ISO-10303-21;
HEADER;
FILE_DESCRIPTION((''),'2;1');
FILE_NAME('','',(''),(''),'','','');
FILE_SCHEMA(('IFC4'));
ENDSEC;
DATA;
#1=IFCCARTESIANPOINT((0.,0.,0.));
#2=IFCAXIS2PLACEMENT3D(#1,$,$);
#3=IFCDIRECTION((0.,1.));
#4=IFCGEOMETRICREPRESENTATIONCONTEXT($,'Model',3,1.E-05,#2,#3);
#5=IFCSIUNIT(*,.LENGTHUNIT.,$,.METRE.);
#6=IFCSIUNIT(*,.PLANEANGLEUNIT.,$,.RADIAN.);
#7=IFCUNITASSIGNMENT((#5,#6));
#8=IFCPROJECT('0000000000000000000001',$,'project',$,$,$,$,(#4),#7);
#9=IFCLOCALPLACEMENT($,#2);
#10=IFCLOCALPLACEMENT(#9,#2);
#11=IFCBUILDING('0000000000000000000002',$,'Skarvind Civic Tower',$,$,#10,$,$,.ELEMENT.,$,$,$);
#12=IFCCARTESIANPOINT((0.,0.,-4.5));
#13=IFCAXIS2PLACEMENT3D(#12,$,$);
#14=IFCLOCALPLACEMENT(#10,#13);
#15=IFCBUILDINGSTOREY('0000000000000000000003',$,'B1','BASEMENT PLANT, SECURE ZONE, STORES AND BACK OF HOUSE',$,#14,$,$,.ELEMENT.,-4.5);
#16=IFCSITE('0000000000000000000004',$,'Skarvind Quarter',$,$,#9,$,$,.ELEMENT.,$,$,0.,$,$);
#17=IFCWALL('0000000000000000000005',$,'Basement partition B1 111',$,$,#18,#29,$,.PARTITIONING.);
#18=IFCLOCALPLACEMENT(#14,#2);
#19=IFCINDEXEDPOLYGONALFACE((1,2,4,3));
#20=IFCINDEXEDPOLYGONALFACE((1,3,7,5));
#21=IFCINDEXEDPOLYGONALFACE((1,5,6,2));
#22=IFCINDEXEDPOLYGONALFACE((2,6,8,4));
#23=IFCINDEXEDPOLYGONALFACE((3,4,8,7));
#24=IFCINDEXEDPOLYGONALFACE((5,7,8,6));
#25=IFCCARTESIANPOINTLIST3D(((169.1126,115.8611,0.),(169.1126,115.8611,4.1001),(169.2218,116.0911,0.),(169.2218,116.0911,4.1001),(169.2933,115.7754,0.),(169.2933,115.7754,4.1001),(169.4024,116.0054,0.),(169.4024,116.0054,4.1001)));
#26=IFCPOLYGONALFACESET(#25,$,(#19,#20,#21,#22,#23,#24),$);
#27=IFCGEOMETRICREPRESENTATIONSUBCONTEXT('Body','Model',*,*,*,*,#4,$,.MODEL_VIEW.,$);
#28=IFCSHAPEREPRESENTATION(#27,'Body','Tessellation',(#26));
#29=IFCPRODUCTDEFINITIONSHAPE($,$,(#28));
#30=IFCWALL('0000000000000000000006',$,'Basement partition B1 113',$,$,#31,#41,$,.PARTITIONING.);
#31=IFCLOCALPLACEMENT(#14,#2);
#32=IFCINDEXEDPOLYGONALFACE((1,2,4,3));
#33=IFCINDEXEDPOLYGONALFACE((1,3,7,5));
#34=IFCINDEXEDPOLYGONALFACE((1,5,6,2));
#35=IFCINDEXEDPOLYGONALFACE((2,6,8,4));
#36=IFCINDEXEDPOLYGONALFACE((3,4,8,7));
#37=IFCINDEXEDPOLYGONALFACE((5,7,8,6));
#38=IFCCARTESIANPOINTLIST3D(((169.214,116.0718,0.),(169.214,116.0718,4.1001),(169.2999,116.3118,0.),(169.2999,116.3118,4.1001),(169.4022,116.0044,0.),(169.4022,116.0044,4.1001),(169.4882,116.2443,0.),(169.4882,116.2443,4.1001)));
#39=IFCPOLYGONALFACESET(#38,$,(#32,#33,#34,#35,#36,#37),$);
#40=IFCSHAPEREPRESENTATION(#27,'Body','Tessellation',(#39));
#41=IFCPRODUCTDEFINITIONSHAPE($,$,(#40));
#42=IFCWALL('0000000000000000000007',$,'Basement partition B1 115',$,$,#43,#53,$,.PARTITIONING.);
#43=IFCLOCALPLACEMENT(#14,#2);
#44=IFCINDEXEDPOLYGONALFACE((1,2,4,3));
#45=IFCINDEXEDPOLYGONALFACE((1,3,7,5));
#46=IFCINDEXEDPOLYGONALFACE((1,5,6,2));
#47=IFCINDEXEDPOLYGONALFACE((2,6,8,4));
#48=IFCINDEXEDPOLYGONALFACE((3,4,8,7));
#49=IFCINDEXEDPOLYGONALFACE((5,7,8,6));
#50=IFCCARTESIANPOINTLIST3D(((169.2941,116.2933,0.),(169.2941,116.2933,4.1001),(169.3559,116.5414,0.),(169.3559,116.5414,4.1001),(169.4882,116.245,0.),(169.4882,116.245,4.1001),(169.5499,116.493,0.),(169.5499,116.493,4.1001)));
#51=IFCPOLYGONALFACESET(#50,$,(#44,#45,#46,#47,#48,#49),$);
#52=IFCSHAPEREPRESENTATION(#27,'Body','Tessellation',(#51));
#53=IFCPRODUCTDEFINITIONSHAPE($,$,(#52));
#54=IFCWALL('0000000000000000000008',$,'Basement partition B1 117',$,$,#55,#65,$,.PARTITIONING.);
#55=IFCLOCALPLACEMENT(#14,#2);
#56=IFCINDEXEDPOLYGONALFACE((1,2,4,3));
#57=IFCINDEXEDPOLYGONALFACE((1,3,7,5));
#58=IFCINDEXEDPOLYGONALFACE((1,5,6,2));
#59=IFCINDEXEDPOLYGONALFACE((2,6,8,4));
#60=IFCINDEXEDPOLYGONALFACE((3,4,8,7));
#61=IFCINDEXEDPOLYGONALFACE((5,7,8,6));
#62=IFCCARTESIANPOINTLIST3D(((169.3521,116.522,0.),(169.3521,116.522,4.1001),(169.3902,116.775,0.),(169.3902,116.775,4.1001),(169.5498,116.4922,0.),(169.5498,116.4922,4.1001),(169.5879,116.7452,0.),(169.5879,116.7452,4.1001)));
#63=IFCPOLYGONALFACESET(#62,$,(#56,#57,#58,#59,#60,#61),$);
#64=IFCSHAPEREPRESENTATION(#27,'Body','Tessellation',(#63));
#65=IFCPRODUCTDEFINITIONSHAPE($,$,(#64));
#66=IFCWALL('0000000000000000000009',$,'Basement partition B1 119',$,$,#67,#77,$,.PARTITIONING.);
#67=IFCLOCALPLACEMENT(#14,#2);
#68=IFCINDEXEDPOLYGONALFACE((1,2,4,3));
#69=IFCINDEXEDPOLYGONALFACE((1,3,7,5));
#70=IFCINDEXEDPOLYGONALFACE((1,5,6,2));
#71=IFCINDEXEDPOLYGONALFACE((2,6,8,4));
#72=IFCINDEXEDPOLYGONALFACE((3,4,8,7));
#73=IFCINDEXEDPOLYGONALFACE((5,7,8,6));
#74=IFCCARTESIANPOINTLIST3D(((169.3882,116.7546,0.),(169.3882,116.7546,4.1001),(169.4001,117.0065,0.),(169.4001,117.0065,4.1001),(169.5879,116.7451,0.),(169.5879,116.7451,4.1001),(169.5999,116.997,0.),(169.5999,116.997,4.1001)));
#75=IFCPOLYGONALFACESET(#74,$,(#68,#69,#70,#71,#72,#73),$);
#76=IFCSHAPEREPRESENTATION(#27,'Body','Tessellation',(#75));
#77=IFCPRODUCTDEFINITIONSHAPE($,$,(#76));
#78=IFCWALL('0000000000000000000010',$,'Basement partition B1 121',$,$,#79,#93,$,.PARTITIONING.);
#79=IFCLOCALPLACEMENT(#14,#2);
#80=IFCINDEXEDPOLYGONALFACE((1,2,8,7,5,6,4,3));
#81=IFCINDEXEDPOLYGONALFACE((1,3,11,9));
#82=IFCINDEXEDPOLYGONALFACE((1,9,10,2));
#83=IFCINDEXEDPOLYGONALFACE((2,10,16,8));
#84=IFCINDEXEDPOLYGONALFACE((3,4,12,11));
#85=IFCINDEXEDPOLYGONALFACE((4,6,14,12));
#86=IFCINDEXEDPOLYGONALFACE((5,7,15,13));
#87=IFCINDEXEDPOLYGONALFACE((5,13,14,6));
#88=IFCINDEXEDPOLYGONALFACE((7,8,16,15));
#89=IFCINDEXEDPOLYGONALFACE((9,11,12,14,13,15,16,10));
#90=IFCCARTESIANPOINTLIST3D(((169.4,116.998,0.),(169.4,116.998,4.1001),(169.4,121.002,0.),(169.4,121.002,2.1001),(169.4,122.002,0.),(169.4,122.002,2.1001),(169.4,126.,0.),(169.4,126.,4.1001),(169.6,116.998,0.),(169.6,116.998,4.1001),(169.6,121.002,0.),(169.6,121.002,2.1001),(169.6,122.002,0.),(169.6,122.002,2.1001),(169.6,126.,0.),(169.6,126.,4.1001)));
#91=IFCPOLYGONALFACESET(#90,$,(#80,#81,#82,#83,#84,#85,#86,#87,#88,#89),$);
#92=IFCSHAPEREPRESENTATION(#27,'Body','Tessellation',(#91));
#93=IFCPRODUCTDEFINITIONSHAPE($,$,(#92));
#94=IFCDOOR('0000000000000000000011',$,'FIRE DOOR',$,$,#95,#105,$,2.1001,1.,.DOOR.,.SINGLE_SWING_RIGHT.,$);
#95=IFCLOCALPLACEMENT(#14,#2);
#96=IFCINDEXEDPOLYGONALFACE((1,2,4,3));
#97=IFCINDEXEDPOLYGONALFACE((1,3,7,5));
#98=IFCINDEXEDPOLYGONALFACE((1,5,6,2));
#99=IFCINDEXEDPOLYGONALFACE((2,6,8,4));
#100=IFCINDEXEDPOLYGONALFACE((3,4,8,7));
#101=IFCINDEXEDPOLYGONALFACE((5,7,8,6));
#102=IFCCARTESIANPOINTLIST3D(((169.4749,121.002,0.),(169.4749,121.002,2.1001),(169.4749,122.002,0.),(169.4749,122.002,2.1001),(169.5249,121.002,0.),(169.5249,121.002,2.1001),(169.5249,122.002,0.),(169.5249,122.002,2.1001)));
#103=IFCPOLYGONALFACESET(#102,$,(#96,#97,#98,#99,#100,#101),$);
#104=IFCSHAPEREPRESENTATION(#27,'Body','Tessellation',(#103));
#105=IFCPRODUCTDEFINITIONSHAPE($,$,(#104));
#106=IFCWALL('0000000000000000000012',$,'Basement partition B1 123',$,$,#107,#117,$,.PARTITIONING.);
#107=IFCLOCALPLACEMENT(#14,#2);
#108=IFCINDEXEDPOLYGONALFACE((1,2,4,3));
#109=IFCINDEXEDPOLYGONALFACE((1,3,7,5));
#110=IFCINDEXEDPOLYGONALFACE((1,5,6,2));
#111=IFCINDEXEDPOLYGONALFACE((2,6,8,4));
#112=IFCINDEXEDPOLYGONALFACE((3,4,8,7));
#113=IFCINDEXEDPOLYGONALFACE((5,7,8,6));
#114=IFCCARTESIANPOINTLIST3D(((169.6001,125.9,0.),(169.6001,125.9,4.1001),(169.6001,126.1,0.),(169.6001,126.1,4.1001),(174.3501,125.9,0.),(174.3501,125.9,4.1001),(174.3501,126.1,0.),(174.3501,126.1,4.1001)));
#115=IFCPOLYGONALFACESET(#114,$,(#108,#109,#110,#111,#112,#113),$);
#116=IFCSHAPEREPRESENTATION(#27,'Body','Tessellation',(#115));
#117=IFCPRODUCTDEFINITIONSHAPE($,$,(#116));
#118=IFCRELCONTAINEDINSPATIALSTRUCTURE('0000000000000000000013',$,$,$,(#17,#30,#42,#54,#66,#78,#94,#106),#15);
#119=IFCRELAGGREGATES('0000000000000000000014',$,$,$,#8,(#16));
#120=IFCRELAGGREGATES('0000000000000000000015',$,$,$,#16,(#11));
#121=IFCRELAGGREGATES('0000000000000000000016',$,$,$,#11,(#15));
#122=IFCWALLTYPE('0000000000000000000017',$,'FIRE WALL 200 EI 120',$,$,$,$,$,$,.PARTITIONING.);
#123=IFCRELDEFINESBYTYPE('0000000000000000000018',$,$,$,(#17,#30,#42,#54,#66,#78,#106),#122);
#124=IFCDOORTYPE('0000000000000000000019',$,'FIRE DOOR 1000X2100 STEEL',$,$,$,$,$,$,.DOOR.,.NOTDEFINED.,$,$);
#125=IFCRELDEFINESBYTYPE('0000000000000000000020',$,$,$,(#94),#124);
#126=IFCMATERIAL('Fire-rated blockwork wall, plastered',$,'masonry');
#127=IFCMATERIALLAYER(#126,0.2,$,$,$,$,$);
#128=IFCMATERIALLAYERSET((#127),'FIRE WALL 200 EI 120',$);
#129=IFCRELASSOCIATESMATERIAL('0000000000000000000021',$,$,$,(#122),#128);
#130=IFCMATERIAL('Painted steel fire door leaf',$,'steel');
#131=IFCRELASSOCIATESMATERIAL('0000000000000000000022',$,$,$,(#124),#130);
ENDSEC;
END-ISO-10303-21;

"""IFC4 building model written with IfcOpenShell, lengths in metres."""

from ifc_helpers import new_model, si_unit, direction, frame, frame_2d, origin, place, context, subcontext, project, spatial, rectangle, extrude, material, layer, layer_set, type_object, element, fill, save


model = new_model("IFC4")

# Units and contexts
model_context = context("Model", 3, precision=1e-05, world=origin(), true_north=direction((0.0, 1.0)))
body_context = subcontext(model_context, "Body", "Model", "MODEL_VIEW")
ifc_project = project(units=[si_unit("LENGTHUNIT", "METRE"), si_unit("PLANEANGLEUNIT", "RADIAN")], contexts=[model_context])

# Site, building, storey
site_placement = place(None, origin())
site = spatial("IfcSite", under=ifc_project, at=site_placement, Name="Skarvind Quarter", CompositionType="ELEMENT", RefElevation=0.0)
building_placement = place(site_placement, origin())
building = spatial("IfcBuilding", under=site, at=building_placement, Name="Skarvind Civic Tower", CompositionType="ELEMENT")
storey_placement = place(building_placement, frame((0.0, 0.0, -4.5)))
storey = spatial("IfcBuildingStorey", under=building, at=storey_placement, Name="B1", Description="BASEMENT PLANT, SECURE ZONE, STORES AND BACK OF HOUSE", CompositionType="ELEMENT", Elevation=-4.5)

# Shared definitions
ifc_material_1 = material(Name="Fire-rated blockwork wall, plastered", Category="masonry")
ifc_layer_1 = layer(ifc_material_1, 0.2)
ifc_layer_set_1 = layer_set([ifc_layer_1], Name="FIRE WALL 200 EI 120")
wall_type_1 = type_object("IfcWallType", Name="FIRE WALL 200 EI 120", PredefinedType="PARTITIONING", material=ifc_layer_set_1)
ifc_material_2 = material(Name="Painted steel fire door leaf", Category="steel")
door_type = type_object("IfcDoorType", Name="FIRE DOOR 1000X2100 STEEL", OperationType="NOTDEFINED", PredefinedType="DOOR", material=ifc_material_2)

# Walls
wall_1_placement = place(storey_placement, frame((169.2029, 115.8181, 0.0), z_axis=(0.0, 0.0, 1.0), x_axis=(0.428705, 0.903445, 0.0)))
element("IfcWall", 1, at=wall_1_placement, inside=storey, type_object=wall_type_1, Name="Basement partition B1 111", PredefinedType="PARTITIONING", context=body_context, shape_type="SweptSolid", body=[
    extrude(rectangle(XDim=0.2546, YDim=0.2, at=frame_2d((0.1274, 0.0))), origin(), (0.0, 0.0, 1.0), 4.1001),
])
wall_2_placement = place(storey_placement, frame((169.3081, 116.0381, 0.0), z_axis=(0.0, 0.0, 1.0), x_axis=(0.337125, 0.94146, 0.0)))
element("IfcWall", 2, at=wall_2_placement, inside=storey, type_object=wall_type_1, Name="Basement partition B1 113", PredefinedType="PARTITIONING", context=body_context, shape_type="SweptSolid", body=[
    extrude(rectangle(XDim=0.2549, YDim=0.2, at=frame_2d((0.1274, 0.0))), origin(), (0.0, 0.0, 1.0), 4.1001),
])
wall_3_placement = place(storey_placement, frame((169.3911, 116.269, 0.0), z_axis=(0.0, 0.0, 1.0), x_axis=(0.241637, 0.970367, 0.0)))
element("IfcWall", 3, at=wall_3_placement, inside=storey, type_object=wall_type_1, Name="Basement partition B1 115", PredefinedType="PARTITIONING", context=body_context, shape_type="SweptSolid", body=[
    extrude(rectangle(XDim=0.2556, YDim=0.2, at=frame_2d((0.1279, 0.0))), origin(), (0.0, 0.0, 1.0), 4.1001),
])
wall_4_placement = place(storey_placement, frame((169.4509, 116.5071, 0.0), z_axis=(0.0, 0.0, 1.0), x_axis=(0.148901, 0.988852, 0.0)))
element("IfcWall", 4, at=wall_4_placement, inside=storey, type_object=wall_type_1, Name="Basement partition B1 117", PredefinedType="PARTITIONING", context=body_context, shape_type="SweptSolid", body=[
    extrude(rectangle(XDim=0.2559, YDim=0.2, at=frame_2d((0.1279, 0.0))), origin(), (0.0, 0.0, 1.0), 4.1001),
])
wall_5_placement = place(storey_placement, frame((169.488, 116.75, 0.0), z_axis=(0.0, 0.0, 1.0), x_axis=(0.047427, 0.998875, 0.0)))
element("IfcWall", 5, at=wall_5_placement, inside=storey, type_object=wall_type_1, Name="Basement partition B1 119", PredefinedType="PARTITIONING", context=body_context, shape_type="SweptSolid", body=[
    extrude(rectangle(XDim=0.2522, YDim=0.2, at=frame_2d((0.126, 0.0))), origin(), (0.0, 0.0, 1.0), 4.1001),
])

# Wall, opening, door
wall_6_placement = place(storey_placement, frame((169.5, 126.0, 0.0), z_axis=(0.0, 0.0, 1.0), x_axis=(0.0, -1.0, 0.0)))
wall_6 = element("IfcWall", 6, at=wall_6_placement, inside=storey, type_object=wall_type_1, Name="Basement partition B1 121", PredefinedType="PARTITIONING", context=body_context, shape_type="SweptSolid", body=[
    extrude(rectangle(XDim=9.002, YDim=0.2, at=frame_2d((4.501, 0.0))), origin(), (0.0, 0.0, 1.0), 4.1001),
])
opening_1_placement = place(wall_6_placement, frame((3.998, 0.0, 0.0)))
opening_1 = element("IfcOpeningElement", 7, at=opening_1_placement, cuts=wall_6, PredefinedType="OPENING", context=body_context, shape_type="SweptSolid", body=[
    extrude(rectangle(XDim=1.0, YDim=2.1001, at=frame_2d((0.5, 1.05))), frame((0.0, 0.1099, 0.0), z_axis=(0.0, -1.0, 0.0), x_axis=(1.0, 0.0, 0.0)), (0.0, 0.0, 1.0), 0.22),
])
door_1_placement = place(opening_1_placement, origin())
door_1 = element("IfcDoor", 8, at=door_1_placement, inside=storey, type_object=door_type, Name="FIRE DOOR", OperationType="SINGLE_SWING_RIGHT", OverallHeight=2.1001, OverallWidth=1.0, PredefinedType="DOOR", context=body_context, shape_type="SweptSolid", body=[
    extrude(rectangle(XDim=1.0, YDim=2.1001, at=frame_2d((0.5, 1.05))), frame((0.0, 0.0249, 0.0), z_axis=(0.0, -1.0, 0.0), x_axis=(1.0, 0.0, 0.0)), (0.0, 0.0, 1.0), 0.05),
])
fill(opening_1, door_1)

# Wall
wall_7_placement = place(storey_placement, frame((169.6001, 126.0, 0.0), z_axis=(0.0, 0.0, 1.0), x_axis=(1.0, 0.0, 0.0)))
element("IfcWall", 9, at=wall_7_placement, inside=storey, type_object=wall_type_1, Name="Basement partition B1 123", PredefinedType="PARTITIONING", context=body_context, shape_type="SweptSolid", body=[
    extrude(rectangle(XDim=4.75, YDim=0.2, at=frame_2d((2.375, 0.0))), origin(), (0.0, 0.0, 1.0), 4.1001),
])

save(model, "model.ifc")
